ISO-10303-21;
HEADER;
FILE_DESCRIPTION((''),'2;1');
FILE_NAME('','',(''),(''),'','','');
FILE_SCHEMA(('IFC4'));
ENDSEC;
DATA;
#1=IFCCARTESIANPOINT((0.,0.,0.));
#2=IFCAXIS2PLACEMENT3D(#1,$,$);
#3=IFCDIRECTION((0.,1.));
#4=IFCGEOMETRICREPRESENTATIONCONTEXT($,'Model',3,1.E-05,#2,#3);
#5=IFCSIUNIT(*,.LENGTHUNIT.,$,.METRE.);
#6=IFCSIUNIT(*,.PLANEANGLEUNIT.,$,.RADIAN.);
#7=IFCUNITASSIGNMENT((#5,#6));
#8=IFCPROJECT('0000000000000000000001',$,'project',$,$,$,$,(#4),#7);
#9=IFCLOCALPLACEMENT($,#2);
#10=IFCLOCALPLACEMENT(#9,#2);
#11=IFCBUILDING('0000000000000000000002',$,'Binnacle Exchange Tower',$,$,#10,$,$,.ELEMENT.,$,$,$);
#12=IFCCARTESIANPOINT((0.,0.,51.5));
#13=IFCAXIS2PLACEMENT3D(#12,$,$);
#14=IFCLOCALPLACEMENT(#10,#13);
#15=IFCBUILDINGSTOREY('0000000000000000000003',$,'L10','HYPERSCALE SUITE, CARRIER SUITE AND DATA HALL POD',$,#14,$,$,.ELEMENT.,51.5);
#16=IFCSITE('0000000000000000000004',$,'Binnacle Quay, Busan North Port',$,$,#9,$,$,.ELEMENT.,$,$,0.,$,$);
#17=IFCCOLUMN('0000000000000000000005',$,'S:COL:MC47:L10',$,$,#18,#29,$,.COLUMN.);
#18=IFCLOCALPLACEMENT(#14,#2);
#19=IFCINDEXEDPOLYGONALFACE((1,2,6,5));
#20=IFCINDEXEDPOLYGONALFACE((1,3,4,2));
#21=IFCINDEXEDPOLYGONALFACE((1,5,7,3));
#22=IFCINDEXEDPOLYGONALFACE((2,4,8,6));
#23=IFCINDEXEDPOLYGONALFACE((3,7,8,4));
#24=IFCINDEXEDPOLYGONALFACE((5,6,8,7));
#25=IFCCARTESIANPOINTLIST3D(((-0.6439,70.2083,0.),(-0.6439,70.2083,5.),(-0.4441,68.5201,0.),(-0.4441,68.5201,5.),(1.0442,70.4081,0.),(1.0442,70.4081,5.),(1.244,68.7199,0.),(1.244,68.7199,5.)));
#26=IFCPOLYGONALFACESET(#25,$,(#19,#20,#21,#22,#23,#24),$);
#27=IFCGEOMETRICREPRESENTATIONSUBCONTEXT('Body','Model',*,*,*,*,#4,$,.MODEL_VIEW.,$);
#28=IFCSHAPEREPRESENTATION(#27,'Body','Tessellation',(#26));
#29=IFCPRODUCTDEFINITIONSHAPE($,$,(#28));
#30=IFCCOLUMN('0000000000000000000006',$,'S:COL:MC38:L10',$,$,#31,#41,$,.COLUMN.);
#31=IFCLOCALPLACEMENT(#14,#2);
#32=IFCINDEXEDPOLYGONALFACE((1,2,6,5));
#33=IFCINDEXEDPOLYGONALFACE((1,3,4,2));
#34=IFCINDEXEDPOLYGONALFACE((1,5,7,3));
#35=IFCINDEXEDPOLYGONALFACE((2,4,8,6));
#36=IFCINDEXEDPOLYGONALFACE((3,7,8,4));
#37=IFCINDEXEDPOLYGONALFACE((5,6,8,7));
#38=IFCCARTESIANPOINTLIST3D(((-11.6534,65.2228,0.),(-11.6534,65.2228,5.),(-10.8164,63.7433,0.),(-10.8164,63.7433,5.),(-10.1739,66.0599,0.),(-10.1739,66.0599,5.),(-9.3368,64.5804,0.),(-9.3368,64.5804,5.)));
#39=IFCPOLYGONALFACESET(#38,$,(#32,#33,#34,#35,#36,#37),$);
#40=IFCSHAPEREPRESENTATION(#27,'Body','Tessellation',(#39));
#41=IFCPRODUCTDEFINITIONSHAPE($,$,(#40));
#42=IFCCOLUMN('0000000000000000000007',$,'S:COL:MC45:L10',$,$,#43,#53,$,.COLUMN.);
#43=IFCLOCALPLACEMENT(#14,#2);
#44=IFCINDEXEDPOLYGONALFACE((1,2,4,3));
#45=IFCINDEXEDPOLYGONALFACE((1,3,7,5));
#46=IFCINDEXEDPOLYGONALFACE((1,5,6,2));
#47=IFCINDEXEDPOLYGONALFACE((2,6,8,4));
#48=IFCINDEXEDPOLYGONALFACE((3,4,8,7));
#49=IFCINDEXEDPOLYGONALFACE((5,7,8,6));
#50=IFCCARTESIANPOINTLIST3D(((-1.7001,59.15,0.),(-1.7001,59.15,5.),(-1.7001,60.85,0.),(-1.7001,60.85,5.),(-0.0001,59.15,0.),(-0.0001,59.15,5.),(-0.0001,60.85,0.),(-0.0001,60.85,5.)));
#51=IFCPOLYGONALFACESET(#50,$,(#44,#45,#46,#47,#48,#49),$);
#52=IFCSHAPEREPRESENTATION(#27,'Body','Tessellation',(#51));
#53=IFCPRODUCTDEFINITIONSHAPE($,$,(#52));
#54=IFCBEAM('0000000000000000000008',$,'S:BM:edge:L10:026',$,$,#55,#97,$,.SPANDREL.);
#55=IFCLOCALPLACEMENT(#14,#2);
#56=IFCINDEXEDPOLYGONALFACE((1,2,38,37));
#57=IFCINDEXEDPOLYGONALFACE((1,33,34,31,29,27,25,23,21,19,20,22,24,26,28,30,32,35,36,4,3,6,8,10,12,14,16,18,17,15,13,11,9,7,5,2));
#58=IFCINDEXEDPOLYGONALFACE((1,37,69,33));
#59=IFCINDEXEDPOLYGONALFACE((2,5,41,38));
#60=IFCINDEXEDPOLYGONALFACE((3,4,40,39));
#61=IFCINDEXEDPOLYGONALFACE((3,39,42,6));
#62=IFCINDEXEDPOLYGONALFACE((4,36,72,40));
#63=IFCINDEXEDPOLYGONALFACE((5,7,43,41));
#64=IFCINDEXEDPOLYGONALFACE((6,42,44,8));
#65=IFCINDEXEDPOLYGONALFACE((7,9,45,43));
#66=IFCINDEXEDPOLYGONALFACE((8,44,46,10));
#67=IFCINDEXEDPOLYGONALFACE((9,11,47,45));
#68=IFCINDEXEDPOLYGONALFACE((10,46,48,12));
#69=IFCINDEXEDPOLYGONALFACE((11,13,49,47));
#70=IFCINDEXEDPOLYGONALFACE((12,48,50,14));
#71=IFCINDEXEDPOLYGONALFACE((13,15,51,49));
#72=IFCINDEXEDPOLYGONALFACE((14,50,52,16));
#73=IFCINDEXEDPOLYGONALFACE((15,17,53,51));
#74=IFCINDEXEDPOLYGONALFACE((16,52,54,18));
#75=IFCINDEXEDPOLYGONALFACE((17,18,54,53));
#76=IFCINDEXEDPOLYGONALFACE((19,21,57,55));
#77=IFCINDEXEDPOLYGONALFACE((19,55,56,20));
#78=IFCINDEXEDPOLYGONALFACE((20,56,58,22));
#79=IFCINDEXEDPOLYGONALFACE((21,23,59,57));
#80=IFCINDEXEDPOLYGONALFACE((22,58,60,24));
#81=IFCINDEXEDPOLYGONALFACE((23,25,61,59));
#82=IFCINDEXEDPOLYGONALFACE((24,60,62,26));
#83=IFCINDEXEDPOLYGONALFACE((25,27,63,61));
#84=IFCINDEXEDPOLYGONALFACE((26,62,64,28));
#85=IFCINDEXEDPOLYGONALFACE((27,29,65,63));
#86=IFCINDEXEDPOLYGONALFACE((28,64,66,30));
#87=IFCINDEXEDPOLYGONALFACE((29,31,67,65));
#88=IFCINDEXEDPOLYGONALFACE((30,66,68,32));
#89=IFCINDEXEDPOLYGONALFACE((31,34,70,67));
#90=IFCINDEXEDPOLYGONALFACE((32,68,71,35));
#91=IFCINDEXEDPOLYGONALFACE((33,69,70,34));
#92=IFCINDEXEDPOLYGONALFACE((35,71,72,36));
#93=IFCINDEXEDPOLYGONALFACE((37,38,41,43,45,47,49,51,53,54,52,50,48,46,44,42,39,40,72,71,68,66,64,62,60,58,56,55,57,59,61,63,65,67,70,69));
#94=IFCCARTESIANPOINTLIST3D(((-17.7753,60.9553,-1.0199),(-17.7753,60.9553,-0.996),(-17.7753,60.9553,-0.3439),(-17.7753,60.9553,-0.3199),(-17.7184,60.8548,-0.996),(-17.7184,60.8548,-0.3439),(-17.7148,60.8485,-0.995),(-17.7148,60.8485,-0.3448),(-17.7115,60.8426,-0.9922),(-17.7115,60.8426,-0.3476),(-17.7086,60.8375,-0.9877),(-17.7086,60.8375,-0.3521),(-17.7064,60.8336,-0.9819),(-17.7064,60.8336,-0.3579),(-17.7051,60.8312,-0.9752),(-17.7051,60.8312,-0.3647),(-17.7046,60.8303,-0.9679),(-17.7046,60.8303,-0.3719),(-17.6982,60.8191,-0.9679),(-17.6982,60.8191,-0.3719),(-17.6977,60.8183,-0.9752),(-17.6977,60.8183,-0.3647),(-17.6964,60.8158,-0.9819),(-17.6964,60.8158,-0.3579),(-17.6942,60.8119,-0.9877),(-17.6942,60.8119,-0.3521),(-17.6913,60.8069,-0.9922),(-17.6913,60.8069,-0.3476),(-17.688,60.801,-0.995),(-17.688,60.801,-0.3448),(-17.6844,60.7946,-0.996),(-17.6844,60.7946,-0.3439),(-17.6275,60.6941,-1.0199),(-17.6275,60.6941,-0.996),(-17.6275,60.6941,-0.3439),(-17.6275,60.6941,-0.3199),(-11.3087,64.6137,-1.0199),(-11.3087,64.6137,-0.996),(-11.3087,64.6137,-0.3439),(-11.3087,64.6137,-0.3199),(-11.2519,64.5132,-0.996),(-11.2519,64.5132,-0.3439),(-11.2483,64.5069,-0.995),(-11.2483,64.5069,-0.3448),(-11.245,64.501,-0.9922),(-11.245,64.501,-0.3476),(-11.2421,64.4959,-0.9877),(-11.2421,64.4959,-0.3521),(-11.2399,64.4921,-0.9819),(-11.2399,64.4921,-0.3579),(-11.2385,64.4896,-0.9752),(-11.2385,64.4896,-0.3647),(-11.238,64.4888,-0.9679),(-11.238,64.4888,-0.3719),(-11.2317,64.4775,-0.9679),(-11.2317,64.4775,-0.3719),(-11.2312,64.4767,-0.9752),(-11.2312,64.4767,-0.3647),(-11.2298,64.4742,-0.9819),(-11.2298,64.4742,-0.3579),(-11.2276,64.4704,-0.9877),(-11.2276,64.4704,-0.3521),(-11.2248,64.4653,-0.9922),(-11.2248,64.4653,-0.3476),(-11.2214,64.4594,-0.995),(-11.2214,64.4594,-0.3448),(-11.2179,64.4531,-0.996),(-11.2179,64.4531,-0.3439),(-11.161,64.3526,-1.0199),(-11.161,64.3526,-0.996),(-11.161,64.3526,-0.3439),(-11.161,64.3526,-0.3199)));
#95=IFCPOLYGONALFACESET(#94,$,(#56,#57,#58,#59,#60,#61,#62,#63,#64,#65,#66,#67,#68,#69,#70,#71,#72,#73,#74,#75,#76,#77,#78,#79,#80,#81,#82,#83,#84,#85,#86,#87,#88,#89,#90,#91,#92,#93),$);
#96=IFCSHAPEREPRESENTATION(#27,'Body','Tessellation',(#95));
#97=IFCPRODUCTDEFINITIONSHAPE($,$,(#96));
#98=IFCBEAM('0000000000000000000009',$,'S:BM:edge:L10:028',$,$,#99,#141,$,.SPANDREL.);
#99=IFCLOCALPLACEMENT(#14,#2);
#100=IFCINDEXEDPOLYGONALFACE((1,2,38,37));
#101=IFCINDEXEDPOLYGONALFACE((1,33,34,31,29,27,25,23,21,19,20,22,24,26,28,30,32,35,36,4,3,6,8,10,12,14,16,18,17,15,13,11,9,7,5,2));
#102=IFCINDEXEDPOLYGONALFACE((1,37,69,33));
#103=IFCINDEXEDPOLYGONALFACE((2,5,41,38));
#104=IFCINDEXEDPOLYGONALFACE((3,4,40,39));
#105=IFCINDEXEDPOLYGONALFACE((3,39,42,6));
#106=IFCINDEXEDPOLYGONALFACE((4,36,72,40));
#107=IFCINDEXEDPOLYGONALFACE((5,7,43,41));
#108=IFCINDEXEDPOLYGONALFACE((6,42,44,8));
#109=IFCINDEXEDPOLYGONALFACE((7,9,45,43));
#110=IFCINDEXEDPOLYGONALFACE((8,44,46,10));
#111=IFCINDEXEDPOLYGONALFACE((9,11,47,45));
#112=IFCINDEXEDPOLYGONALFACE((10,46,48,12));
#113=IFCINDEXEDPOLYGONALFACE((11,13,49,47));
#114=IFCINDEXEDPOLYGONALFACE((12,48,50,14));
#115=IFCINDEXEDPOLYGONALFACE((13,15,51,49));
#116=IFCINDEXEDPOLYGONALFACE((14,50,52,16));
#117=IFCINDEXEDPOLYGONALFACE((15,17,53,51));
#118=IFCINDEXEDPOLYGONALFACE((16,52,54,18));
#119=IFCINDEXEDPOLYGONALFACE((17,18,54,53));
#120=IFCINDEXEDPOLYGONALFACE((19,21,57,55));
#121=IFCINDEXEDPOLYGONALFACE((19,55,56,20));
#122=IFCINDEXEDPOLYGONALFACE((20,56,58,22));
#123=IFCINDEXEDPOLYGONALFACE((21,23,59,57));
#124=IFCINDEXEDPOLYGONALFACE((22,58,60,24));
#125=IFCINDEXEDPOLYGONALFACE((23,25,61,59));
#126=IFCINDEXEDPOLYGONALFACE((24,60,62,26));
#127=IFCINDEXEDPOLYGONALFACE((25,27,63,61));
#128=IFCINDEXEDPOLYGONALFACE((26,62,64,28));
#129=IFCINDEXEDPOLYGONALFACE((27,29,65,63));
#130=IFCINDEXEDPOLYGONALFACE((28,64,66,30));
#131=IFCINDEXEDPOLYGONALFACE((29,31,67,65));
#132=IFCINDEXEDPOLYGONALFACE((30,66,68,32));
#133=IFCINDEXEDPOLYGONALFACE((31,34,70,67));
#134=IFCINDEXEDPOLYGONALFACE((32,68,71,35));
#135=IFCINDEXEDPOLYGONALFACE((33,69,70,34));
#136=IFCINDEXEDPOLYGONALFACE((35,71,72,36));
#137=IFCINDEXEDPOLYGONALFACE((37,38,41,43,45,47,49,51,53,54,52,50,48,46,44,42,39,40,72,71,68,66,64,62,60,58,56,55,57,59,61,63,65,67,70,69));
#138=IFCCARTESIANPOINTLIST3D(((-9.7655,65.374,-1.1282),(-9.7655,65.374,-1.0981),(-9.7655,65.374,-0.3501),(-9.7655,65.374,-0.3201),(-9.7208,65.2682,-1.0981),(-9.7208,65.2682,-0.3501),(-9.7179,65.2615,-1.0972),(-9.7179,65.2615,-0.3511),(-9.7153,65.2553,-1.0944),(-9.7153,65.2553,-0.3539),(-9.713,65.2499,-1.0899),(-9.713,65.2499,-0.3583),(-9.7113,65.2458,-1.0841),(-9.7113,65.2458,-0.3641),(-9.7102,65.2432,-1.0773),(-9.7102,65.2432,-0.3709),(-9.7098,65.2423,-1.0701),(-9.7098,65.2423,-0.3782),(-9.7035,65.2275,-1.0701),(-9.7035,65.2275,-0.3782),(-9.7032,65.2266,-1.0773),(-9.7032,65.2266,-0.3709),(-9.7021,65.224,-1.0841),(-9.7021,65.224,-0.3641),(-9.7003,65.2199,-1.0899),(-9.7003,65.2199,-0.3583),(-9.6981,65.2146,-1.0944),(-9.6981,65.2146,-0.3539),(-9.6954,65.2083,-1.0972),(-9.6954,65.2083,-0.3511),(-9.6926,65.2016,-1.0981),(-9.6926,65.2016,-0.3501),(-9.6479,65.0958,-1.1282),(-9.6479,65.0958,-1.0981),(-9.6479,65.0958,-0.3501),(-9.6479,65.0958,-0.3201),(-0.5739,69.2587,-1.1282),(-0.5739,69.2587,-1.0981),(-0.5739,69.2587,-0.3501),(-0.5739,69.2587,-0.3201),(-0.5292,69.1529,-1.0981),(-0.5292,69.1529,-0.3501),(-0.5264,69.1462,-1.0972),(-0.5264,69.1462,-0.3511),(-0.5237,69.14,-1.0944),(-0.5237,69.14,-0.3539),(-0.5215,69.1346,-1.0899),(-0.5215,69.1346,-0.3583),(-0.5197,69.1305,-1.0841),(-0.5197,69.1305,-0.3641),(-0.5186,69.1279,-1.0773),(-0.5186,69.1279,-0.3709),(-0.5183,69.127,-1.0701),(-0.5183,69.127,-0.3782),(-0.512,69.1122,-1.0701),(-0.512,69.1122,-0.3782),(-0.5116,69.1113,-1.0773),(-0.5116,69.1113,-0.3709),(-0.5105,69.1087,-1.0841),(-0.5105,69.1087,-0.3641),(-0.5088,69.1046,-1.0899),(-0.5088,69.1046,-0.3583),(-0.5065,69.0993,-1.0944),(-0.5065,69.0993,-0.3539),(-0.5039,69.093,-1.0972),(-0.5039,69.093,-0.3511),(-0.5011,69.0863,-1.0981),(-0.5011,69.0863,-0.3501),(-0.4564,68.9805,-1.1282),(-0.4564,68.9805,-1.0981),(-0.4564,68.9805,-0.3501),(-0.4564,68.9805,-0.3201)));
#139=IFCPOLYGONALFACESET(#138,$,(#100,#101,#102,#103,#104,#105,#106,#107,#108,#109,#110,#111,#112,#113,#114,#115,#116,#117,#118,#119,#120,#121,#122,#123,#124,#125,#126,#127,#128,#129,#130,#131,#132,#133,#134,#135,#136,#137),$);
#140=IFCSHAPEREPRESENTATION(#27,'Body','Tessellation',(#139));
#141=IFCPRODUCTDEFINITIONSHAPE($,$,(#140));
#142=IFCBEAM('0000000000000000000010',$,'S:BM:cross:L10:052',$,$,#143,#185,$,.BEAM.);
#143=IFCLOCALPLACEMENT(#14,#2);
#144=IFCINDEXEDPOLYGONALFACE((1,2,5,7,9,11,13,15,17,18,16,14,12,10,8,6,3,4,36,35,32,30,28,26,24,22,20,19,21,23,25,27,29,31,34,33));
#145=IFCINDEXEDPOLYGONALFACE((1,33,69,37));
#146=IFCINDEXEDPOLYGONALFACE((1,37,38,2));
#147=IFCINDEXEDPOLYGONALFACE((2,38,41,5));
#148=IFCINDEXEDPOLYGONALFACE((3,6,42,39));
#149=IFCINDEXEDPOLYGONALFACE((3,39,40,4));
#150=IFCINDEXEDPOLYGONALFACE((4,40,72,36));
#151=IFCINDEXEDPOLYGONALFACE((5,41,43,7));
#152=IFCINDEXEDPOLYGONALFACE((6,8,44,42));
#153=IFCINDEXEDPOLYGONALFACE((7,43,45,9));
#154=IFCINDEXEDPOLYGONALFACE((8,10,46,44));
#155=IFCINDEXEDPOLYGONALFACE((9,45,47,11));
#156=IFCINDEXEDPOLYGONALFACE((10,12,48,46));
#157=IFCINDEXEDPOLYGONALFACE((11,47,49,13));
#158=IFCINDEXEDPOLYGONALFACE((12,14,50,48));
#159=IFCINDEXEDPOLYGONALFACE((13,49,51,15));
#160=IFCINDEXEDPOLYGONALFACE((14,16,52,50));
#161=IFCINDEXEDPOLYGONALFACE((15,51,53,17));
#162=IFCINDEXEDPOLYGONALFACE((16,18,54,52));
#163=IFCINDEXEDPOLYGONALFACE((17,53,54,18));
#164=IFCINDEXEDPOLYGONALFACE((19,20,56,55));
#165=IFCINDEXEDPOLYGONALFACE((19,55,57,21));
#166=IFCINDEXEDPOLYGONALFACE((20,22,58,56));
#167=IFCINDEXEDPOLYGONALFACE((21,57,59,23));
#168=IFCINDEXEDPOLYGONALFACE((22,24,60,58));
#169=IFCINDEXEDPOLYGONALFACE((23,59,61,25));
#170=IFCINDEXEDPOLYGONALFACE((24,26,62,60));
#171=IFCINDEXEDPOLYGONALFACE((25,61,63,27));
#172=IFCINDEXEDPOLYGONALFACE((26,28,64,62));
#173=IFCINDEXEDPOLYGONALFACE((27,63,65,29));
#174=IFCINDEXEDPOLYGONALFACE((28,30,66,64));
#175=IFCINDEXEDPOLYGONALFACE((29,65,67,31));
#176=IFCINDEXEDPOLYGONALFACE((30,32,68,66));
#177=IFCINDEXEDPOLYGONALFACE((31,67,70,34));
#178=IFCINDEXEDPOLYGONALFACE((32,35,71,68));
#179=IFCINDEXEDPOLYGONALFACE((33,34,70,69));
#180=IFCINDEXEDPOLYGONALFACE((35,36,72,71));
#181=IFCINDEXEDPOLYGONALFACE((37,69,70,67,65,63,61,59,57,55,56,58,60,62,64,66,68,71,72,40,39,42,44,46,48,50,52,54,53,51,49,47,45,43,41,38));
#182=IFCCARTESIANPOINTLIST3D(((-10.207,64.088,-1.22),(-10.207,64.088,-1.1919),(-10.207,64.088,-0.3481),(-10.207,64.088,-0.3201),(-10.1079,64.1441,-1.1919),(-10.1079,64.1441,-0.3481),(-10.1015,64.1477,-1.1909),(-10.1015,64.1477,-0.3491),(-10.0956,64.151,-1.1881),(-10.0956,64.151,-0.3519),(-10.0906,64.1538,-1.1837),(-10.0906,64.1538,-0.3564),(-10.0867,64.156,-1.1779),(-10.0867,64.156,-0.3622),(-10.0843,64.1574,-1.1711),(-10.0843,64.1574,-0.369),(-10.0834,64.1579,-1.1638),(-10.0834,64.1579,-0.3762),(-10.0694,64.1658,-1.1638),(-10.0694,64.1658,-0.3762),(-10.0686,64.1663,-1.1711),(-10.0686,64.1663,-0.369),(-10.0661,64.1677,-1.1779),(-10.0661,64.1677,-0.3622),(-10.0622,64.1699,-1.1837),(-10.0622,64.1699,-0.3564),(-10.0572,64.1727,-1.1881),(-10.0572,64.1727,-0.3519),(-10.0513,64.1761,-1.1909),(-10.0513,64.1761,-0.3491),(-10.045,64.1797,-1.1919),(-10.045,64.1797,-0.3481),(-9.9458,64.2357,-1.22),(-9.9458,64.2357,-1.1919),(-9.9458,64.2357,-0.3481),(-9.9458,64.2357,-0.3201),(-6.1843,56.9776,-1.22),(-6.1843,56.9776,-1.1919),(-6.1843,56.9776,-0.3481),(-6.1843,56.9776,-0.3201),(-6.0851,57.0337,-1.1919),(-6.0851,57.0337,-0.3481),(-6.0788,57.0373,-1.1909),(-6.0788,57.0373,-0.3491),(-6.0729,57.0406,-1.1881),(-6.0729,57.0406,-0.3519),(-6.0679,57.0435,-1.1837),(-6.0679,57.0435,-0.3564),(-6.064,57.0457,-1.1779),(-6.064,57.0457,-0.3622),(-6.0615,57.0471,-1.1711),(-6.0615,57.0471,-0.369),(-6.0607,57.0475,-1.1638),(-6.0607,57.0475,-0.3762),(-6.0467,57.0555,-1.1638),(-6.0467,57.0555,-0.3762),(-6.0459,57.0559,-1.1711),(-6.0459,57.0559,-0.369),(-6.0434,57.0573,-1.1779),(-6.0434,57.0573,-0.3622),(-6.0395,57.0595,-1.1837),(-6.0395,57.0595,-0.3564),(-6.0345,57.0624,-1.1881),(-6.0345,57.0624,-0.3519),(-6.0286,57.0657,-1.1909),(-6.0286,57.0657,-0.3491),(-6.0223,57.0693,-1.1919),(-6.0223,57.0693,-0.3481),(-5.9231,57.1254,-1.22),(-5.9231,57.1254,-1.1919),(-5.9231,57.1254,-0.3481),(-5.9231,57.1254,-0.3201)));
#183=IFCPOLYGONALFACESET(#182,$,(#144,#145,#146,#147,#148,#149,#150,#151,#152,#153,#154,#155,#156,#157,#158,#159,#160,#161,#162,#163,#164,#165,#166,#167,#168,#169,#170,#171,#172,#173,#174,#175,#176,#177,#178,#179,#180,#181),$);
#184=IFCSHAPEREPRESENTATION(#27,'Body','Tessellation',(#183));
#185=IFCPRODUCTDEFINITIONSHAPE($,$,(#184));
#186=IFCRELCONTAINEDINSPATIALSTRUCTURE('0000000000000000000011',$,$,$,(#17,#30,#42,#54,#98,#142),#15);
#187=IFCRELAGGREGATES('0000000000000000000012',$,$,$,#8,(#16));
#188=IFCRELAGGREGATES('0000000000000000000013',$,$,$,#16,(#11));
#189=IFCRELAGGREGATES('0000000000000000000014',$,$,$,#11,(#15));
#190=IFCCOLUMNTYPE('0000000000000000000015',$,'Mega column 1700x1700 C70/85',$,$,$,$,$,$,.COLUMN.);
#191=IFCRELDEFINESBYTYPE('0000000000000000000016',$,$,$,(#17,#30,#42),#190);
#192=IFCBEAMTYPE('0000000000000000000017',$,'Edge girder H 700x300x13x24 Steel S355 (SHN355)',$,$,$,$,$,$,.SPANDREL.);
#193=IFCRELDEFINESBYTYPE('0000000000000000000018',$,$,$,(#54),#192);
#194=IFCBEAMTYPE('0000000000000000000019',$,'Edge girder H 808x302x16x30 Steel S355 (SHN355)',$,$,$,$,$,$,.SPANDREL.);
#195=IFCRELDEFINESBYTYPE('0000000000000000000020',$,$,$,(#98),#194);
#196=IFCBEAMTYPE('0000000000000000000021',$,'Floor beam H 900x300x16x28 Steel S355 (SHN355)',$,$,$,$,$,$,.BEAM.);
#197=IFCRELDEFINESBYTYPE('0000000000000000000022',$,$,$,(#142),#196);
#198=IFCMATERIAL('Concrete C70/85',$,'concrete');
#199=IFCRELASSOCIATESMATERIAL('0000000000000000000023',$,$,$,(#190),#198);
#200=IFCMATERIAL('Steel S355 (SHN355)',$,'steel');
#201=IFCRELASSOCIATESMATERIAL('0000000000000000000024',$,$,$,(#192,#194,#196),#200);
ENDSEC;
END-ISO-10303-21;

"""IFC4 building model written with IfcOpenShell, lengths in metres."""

from ifc_helpers import new_model, si_unit, direction, frame, origin, origin_2d, place, context, subcontext, project, spatial, rectangle, i_section, extrude, material, material_profile, profile_set, type_object, element, save


model = new_model("IFC4")

# Units and contexts
model_context = context("Model", 3, precision=1e-05, world=origin(), true_north=direction((0.0, 1.0)))
body_context = subcontext(model_context, "Body", "Model", "MODEL_VIEW")
ifc_project = project(units=[si_unit("LENGTHUNIT", "METRE"), si_unit("PLANEANGLEUNIT", "RADIAN")], contexts=[model_context])

# Site, building, storey
site_placement = place(None, origin())
site = spatial("IfcSite", under=ifc_project, at=site_placement, Name="Binnacle Quay, Busan North Port", CompositionType="ELEMENT", RefElevation=0.0)
building_placement = place(site_placement, origin())
building = spatial("IfcBuilding", under=site, at=building_placement, Name="Binnacle Exchange Tower", CompositionType="ELEMENT")
storey_placement = place(building_placement, frame((0.0, 0.0, 51.5)))
storey = spatial("IfcBuildingStorey", under=building, at=storey_placement, Name="L10", Description="HYPERSCALE SUITE, CARRIER SUITE AND DATA HALL POD", CompositionType="ELEMENT", Elevation=51.5)

# Columns
ifc_material_1 = material(Name="Concrete C70/85", Category="concrete")
ifc_material_profile_1 = material_profile(ifc_material_1, rectangle(XDim=1.7, YDim=1.7, at=origin_2d()), Name="Mega column 1700x1700 C70/85")
ifc_profile_set_1 = profile_set([ifc_material_profile_1], Name="Concrete C70/85")
column_type = type_object("IfcColumnType", Name="Mega column 1700x1700 C70/85", PredefinedType="COLUMN", material=ifc_profile_set_1)
for number, where, z_axis, x_axis, name in (
    (1, (0.3, 69.4641, 0.0), (0.0, 0.0, 1.0), (-0.993068, -0.117537, 0.0), "S:COL:MC47:L10"),
    (2, (-10.4951, 64.9016, 0.0), (0.0, 0.0, 1.0), (-0.870356, -0.492424, 0.0), "S:COL:MC38:L10"),
    (3, (-0.8501, 60.0, 0.0), (0.0, 0.0, 1.0), (0.0, 1.0, 0.0), "S:COL:MC45:L10"),
):
    element("IfcColumn", number, at=place(storey_placement, frame(where, z_axis=z_axis, x_axis=x_axis)), inside=storey, type_object=column_type, Name=name, PredefinedType="COLUMN", context=body_context, shape_type="SweptSolid", body=[
        extrude(rectangle(XDim=1.7, YDim=1.7, at=origin_2d()), origin(), (0.0, 0.0, 1.0), 5.0),
    ])

# Beams
ifc_material_2 = material(Name="Steel S355 (SHN355)", Category="steel")
ifc_material_profile_2 = material_profile(ifc_material_2, i_section(OverallWidth=0.3, OverallDepth=0.7, WebThickness=0.0129, FlangeThickness=0.0239, FilletRadius=0.0281, at=origin_2d()), Name="H 700x300x13x24")
ifc_profile_set_2 = profile_set([ifc_material_profile_2], Name="Steel S355 (SHN355)")
beam_type_1 = type_object("IfcBeamType", Name="Edge girder H 700x300x13x24 Steel S355 (SHN355)", PredefinedType="SPANDREL", material=ifc_profile_set_2)
beam_1_placement = place(storey_placement, frame((-11.2349, 64.4832, -0.6699), z_axis=(-0.870364, -0.492408, 0.0), x_axis=(0.492408, -0.870364, 0.0)))
element("IfcBeam", 4, at=beam_1_placement, inside=storey, type_object=beam_type_1, Name="S:BM:edge:L10:026", PredefinedType="SPANDREL", context=body_context, shape_type="SweptSolid", body=[
    extrude(i_section(OverallWidth=0.3, OverallDepth=0.7, WebThickness=0.0129, FlangeThickness=0.0239, FilletRadius=0.0281, at=origin_2d()), origin(), (0.0, 0.0, 1.0), 7.4297),
])
ifc_material_profile_3 = material_profile(ifc_material_2, i_section(OverallWidth=0.302, OverallDepth=0.8081, WebThickness=0.0161, FlangeThickness=0.03, FilletRadius=0.0281, at=origin_2d()), Name="H 808x302x16x30")
ifc_profile_set_3 = profile_set([ifc_material_profile_3], Name="Steel S355 (SHN355)")
beam_type_2 = type_object("IfcBeamType", Name="Edge girder H 808x302x16x30 Steel S355 (SHN355)", PredefinedType="SPANDREL", material=ifc_profile_set_3)
beam_2_placement = place(storey_placement, frame((-0.5151, 69.1196, -0.7241), z_axis=(-0.921111, -0.389299, 0.0), x_axis=(0.389299, -0.921111, 0.0)))
element("IfcBeam", 5, at=beam_2_placement, inside=storey, type_object=beam_type_2, Name="S:BM:edge:L10:028", PredefinedType="SPANDREL", context=body_context, shape_type="SweptSolid", body=[
    extrude(i_section(OverallWidth=0.302, OverallDepth=0.8081, WebThickness=0.0161, FlangeThickness=0.03, FilletRadius=0.0281, at=origin_2d()), origin(), (0.0, 0.0, 1.0), 9.9788),
])
ifc_material_profile_4 = material_profile(ifc_material_2, i_section(OverallWidth=0.3, OverallDepth=0.8999, WebThickness=0.0161, FlangeThickness=0.0281, FilletRadius=0.0281, at=origin_2d()), Name="H 900x300x16x28")
ifc_profile_set_4 = profile_set([ifc_material_profile_4], Name="Steel S355 (SHN355)")
beam_type_3 = type_object("IfcBeamType", Name="Floor beam H 900x300x16x28 Steel S355 (SHN355)", PredefinedType="BEAM", material=ifc_profile_set_4)
beam_3_placement = place(storey_placement, frame((-10.0764, 64.1619, -0.77), z_axis=(0.492411, -0.870363, 0.0), x_axis=(0.870363, 0.492411, 0.0)))
element("IfcBeam", 6, at=beam_3_placement, inside=storey, type_object=beam_type_3, Name="S:BM:cross:L10:052", PredefinedType="BEAM", context=body_context, shape_type="SweptSolid", body=[
    extrude(i_section(OverallWidth=0.3, OverallDepth=0.8999, WebThickness=0.0161, FlangeThickness=0.0281, FilletRadius=0.0281, at=origin_2d()), origin(), (0.0, 0.0, 1.0), 8.1694),
])

save(model, "model.ifc")
